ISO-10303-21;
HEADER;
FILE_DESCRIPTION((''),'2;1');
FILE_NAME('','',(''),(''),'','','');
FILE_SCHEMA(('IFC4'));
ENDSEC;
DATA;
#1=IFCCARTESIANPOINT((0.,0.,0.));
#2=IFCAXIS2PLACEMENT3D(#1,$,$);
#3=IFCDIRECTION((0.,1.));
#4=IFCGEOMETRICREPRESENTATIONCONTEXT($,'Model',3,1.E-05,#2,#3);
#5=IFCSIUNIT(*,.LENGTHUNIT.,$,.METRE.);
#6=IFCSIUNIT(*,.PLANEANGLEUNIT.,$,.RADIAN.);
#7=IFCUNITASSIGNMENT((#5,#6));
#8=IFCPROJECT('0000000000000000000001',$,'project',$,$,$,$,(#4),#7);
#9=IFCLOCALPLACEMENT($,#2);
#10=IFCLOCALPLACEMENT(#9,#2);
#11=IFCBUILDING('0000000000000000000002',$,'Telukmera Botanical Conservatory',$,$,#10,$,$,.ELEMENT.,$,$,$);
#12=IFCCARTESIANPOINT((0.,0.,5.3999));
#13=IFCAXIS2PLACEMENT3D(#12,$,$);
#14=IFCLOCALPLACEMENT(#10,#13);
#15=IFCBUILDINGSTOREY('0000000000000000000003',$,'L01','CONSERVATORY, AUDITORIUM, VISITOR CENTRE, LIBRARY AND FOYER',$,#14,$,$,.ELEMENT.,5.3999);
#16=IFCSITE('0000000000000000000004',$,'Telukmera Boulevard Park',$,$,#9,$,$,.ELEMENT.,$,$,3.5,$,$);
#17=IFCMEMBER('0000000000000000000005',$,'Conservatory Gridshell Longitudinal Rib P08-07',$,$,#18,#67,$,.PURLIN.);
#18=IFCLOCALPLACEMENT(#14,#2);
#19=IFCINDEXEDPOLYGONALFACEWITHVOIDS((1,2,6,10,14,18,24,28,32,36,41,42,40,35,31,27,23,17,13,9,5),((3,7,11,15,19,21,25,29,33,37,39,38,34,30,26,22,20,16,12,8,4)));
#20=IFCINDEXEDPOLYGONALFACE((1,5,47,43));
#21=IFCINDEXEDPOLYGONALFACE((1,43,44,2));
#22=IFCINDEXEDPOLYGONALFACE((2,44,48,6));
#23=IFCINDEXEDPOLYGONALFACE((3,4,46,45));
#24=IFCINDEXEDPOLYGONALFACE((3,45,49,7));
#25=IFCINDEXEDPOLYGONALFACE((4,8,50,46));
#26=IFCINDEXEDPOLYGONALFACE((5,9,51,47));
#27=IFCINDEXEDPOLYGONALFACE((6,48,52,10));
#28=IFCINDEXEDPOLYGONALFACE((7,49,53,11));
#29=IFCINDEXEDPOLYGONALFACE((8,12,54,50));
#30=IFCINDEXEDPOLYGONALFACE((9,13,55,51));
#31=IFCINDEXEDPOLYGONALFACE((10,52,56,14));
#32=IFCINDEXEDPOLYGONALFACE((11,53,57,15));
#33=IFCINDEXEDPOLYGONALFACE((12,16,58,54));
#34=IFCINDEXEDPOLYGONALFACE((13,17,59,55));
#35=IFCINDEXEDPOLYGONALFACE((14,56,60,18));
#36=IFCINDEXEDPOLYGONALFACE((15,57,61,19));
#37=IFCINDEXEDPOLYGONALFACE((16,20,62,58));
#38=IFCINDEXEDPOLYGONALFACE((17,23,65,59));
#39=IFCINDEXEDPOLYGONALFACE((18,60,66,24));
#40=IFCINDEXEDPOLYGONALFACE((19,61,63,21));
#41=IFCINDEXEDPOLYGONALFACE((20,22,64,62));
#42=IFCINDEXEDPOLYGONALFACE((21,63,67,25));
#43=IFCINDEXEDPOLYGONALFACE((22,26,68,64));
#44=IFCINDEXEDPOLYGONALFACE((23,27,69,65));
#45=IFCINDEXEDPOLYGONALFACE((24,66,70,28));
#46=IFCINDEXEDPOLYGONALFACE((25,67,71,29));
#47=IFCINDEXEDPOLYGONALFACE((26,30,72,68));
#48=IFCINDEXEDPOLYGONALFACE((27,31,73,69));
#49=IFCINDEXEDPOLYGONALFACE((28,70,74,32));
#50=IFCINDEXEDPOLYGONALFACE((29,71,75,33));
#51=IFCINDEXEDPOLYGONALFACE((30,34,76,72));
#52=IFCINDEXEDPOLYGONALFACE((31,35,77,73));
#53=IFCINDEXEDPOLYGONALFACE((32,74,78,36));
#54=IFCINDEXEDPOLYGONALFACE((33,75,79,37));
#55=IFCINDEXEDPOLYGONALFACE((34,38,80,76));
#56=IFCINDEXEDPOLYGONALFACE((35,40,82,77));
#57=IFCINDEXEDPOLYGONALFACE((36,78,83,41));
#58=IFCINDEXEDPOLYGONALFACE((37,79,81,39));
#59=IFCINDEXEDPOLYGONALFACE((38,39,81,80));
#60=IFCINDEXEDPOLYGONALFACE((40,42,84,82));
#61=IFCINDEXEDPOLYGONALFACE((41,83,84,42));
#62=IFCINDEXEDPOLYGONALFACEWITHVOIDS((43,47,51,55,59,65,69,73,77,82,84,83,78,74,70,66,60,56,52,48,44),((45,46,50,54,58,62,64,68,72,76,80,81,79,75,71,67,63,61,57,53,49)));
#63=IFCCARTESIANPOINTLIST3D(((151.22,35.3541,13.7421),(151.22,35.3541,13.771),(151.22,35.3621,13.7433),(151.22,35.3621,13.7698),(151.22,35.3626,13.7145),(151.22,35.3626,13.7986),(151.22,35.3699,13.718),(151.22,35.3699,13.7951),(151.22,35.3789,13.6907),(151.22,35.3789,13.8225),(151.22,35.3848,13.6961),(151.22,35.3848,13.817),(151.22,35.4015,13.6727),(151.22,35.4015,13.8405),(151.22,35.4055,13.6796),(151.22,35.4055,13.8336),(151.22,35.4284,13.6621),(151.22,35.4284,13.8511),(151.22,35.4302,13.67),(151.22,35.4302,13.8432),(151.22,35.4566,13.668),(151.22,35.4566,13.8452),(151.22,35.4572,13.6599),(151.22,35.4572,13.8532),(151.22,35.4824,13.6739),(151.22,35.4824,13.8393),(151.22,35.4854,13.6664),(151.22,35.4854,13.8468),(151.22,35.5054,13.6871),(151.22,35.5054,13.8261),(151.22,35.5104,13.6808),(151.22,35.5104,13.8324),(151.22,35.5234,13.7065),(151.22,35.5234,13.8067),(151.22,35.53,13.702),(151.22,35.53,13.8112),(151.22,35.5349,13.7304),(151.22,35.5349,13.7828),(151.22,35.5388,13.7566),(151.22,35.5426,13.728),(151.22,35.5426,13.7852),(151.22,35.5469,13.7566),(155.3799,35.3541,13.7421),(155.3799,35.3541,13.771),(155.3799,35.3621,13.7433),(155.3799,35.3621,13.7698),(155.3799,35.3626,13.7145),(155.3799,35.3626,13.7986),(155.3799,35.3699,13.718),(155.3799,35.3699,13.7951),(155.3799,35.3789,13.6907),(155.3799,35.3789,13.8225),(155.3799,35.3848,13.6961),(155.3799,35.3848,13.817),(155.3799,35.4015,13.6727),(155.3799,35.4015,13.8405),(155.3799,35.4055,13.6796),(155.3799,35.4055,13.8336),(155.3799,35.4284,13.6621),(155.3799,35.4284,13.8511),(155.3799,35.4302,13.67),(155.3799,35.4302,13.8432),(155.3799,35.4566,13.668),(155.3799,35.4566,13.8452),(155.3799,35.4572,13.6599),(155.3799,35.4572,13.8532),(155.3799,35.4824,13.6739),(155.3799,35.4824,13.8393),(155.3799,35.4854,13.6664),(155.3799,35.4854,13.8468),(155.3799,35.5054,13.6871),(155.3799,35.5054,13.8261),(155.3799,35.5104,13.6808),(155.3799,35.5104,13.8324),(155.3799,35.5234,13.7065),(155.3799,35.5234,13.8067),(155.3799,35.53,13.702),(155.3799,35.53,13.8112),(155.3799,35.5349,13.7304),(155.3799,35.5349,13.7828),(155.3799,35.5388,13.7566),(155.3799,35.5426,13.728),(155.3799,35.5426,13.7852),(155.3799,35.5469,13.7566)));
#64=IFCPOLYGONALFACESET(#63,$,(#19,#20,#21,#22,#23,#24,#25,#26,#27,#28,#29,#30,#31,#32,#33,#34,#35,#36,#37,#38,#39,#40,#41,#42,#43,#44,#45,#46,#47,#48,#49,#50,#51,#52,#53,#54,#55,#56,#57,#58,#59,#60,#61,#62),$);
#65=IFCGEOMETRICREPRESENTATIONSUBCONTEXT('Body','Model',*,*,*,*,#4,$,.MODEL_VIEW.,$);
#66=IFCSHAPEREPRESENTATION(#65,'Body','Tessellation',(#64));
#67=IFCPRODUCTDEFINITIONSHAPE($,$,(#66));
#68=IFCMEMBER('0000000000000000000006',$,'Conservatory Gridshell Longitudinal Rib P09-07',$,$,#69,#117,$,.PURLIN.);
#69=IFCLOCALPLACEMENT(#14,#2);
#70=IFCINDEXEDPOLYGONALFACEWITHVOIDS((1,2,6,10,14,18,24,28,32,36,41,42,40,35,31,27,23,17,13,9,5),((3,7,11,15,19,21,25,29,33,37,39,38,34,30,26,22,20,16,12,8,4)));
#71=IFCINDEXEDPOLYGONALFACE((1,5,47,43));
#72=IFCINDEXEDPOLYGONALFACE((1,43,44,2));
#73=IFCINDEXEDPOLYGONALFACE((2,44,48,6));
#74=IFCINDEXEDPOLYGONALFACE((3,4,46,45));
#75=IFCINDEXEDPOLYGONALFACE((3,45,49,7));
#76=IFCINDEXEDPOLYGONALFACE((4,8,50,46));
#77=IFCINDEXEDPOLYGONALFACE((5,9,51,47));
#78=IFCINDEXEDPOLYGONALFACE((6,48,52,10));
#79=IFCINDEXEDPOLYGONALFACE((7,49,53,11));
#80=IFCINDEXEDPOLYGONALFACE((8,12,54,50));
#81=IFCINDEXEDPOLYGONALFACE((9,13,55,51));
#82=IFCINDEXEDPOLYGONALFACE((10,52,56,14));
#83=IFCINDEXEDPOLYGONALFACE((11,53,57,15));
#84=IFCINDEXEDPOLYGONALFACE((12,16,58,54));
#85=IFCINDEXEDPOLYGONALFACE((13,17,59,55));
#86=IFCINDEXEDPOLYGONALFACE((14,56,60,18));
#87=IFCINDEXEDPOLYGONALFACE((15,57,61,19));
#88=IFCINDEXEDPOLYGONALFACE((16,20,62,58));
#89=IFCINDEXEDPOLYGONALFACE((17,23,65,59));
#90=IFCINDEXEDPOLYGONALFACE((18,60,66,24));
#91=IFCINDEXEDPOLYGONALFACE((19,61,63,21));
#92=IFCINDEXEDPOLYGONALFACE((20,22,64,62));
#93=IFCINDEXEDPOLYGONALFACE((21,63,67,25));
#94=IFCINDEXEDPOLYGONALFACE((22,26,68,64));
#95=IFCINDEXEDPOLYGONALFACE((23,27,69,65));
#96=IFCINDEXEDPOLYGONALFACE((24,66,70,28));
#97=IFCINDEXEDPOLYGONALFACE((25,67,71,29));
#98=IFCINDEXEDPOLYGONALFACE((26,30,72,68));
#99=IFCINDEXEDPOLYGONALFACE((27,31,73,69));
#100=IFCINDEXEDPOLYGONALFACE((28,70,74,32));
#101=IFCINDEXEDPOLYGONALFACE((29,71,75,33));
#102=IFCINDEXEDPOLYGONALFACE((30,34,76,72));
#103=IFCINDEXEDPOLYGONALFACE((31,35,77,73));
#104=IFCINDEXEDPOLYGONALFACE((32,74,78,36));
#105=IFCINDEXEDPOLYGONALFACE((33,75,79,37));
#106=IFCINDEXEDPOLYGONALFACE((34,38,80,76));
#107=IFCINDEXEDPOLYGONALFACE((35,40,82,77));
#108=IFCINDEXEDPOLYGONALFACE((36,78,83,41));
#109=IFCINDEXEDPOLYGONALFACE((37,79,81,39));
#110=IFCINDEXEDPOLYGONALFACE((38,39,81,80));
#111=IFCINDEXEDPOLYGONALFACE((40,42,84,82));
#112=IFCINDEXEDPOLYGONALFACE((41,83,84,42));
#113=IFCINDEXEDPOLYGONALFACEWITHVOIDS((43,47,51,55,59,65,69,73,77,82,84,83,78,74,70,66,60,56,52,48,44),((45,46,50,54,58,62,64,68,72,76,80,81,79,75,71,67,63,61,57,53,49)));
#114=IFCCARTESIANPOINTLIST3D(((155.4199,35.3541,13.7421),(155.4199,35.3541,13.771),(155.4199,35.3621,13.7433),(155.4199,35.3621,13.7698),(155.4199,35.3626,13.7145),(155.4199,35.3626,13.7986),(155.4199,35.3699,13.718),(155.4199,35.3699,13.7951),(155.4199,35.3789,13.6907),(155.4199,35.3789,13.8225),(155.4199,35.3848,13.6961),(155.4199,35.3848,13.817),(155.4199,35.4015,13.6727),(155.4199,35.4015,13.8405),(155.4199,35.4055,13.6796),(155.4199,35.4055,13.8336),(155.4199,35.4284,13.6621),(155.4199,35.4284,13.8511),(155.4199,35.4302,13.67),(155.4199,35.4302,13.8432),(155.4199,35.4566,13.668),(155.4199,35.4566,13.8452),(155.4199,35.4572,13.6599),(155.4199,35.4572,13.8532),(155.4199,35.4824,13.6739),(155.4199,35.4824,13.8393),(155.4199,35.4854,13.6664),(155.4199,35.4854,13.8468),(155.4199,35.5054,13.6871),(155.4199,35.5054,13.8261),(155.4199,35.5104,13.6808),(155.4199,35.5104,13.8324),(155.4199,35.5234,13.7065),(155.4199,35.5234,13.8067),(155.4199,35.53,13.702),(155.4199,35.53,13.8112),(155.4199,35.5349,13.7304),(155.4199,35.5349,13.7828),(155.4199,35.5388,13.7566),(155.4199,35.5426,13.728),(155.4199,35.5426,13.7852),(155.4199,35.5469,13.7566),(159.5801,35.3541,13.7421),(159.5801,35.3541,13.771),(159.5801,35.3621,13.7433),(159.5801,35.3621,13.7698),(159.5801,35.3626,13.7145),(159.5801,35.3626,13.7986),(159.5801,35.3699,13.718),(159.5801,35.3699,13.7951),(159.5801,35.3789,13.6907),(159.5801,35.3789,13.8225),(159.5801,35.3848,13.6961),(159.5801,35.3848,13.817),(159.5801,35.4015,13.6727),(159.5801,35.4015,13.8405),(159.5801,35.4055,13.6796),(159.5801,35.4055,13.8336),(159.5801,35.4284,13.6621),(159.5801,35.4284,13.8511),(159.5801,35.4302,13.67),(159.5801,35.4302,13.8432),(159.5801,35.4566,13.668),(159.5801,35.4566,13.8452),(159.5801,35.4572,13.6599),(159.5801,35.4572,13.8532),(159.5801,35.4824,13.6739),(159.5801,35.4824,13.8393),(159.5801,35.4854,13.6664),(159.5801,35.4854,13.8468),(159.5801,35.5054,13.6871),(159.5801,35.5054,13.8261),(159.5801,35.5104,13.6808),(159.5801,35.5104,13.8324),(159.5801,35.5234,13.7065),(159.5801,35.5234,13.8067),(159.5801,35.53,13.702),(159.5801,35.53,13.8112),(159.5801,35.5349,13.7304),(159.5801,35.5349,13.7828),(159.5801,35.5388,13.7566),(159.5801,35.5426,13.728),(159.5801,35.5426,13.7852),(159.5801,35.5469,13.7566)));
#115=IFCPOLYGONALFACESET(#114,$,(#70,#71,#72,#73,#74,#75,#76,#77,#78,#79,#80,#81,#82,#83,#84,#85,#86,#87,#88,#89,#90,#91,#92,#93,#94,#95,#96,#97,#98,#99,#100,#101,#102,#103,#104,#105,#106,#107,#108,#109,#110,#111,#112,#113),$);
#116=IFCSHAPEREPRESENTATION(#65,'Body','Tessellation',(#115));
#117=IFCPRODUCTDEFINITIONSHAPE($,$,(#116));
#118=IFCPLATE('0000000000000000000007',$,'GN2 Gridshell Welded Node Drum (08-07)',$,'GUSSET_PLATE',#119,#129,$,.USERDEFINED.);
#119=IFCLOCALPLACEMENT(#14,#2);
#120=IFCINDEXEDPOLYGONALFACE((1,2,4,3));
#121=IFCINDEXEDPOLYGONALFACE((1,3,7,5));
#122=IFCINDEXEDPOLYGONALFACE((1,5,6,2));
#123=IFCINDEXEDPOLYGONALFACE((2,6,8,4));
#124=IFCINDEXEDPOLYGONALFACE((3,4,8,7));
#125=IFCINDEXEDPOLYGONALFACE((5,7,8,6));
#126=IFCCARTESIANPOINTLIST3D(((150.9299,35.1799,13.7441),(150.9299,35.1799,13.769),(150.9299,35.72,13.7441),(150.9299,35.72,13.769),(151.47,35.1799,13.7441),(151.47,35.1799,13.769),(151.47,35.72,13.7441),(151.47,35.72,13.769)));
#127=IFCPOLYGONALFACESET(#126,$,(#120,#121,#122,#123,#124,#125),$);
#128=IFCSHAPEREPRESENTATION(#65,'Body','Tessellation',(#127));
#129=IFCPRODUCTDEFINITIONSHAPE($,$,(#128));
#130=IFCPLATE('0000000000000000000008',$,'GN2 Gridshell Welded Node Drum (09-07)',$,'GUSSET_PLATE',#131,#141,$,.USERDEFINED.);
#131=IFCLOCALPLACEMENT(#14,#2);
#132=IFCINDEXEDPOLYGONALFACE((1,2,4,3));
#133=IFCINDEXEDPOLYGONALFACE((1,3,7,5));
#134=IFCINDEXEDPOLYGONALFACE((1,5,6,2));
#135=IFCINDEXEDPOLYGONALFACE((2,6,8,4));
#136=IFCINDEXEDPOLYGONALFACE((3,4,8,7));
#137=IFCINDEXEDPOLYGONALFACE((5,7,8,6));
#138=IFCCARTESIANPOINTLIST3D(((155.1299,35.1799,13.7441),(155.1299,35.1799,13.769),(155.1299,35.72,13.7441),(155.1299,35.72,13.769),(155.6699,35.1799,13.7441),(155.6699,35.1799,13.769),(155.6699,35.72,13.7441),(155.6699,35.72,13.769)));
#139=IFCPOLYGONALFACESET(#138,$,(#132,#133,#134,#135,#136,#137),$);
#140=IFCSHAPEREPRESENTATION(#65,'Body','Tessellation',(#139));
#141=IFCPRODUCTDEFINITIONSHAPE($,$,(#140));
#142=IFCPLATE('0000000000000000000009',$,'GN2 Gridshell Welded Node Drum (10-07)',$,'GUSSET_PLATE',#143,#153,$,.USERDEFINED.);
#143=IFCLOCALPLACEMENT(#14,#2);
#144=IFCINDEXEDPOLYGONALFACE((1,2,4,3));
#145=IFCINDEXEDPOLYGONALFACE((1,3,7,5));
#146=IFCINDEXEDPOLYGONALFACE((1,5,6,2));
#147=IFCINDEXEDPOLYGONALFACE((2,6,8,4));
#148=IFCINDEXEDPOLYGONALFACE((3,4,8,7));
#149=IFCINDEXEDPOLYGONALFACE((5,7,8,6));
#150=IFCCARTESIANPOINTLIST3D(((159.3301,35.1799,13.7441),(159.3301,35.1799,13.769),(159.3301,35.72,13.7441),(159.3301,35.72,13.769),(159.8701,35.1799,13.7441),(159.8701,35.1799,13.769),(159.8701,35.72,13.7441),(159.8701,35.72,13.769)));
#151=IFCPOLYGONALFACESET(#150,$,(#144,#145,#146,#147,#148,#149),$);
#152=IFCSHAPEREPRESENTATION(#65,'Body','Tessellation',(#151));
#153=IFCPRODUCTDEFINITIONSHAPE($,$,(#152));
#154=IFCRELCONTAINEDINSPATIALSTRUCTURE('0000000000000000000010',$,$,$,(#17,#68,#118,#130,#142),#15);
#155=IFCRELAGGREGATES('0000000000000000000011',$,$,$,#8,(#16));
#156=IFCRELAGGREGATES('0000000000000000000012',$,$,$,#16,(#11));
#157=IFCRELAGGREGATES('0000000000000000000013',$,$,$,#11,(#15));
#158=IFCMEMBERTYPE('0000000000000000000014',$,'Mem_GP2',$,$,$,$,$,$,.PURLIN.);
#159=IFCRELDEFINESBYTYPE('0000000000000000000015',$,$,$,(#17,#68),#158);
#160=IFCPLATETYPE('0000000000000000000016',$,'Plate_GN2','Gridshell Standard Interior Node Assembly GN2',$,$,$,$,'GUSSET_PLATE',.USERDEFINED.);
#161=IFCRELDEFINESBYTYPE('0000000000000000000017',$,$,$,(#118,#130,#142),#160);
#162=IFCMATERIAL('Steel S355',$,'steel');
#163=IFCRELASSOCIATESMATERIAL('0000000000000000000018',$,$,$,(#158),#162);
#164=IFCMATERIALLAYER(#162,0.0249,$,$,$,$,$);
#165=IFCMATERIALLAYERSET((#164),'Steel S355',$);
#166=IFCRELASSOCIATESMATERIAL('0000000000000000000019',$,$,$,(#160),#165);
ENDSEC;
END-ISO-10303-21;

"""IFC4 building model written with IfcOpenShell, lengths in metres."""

from ifc_helpers import new_model, si_unit, direction, frame, origin, origin_2d, place, context, subcontext, project, spatial, rectangle, hollow_circle, extrude, material, layer, layer_set, material_profile, profile_set, type_object, element, save


model = new_model("IFC4")

# Units and contexts
model_context = context("Model", 3, precision=1e-05, world=origin(), true_north=direction((0.0, 1.0)))
body_context = subcontext(model_context, "Body", "Model", "MODEL_VIEW")
ifc_project = project(units=[si_unit("LENGTHUNIT", "METRE"), si_unit("PLANEANGLEUNIT", "RADIAN")], contexts=[model_context])

# Site, building, storey
site_placement = place(None, origin())
site = spatial("IfcSite", under=ifc_project, at=site_placement, Name="Telukmera Boulevard Park", CompositionType="ELEMENT", RefElevation=3.5)
building_placement = place(site_placement, origin())
building = spatial("IfcBuilding", under=site, at=building_placement, Name="Telukmera Botanical Conservatory", CompositionType="ELEMENT")
storey_placement = place(building_placement, frame((0.0, 0.0, 5.3999)))
storey = spatial("IfcBuildingStorey", under=building, at=storey_placement, Name="L01", Description="CONSERVATORY, AUDITORIUM, VISITOR CENTRE, LIBRARY AND FOYER", CompositionType="ELEMENT", Elevation=5.3999)

# Shared definitions
ifc_material = material(Name="Steel S355", Category="steel")

# Members
ifc_material_profile_1 = material_profile(ifc_material, hollow_circle(Radius=0.0969, WallThickness=0.0081, at=origin_2d()), Name="CHS 193.7x8.0")
ifc_profile_set_1 = profile_set([ifc_material_profile_1], Name="Steel S355")
member_type_1 = type_object("IfcMemberType", Name="Mem_GP2", PredefinedType="PURLIN", material=ifc_profile_set_1)
for number, where, z_axis, x_axis, name in (
    (1, (151.22, 35.45, 13.7566), (1.0, 0.0, 0.0), (0.0, 1.0, 0.0), "Conservatory Gridshell Longitudinal Rib P08-07"),
):
    element("IfcMember", number, at=place(storey_placement, frame(where, z_axis=z_axis, x_axis=x_axis)), inside=storey, type_object=member_type_1, Name=name, PredefinedType="PURLIN", context=body_context, shape_type="SweptSolid", body=[
        extrude(hollow_circle(Radius=0.0969, WallThickness=0.0081, at=origin_2d()), origin(), (0.0, 0.0, 1.0), 4.1599),
    ])
member_1_placement = place(storey_placement, frame((155.4199, 35.45, 13.7566), z_axis=(1.0, 0.0, 0.0), x_axis=(0.0, 1.0, 0.0)))
element("IfcMember", 2, at=member_1_placement, inside=storey, type_object=member_type_1, Name="Conservatory Gridshell Longitudinal Rib P09-07", PredefinedType="PURLIN", context=body_context, shape_type="SweptSolid", body=[
    extrude(hollow_circle(Radius=0.0969, WallThickness=0.0081, at=origin_2d()), origin(), (0.0, 0.0, 1.0), 4.1602),
])

# Plates
ifc_layer = layer(ifc_material, 0.0249)
ifc_layer_set = layer_set([ifc_layer], Name="Steel S355")
plate_type = type_object("IfcPlateType", Name="Plate_GN2", Description="Gridshell Standard Interior Node Assembly GN2", ElementType="GUSSET_PLATE", PredefinedType="USERDEFINED", material=ifc_layer_set)
for number, where, z_axis, x_axis, name in (
    (3, (151.2, 35.45, 13.7441), (0.0, 0.0, 1.0), (1.0, 0.0, 0.0), "GN2 Gridshell Welded Node Drum (08-07)"),
    (4, (155.3999, 35.45, 13.7441), (0.0, 0.0, 1.0), (1.0, 0.0, 0.0), "GN2 Gridshell Welded Node Drum (09-07)"),
    (5, (159.6001, 35.45, 13.7441), (0.0, 0.0, 1.0), (1.0, 0.0, 0.0), "GN2 Gridshell Welded Node Drum (10-07)"),
):
    element("IfcPlate", number, at=place(storey_placement, frame(where, z_axis=z_axis, x_axis=x_axis)), inside=storey, type_object=plate_type, Name=name, ObjectType="GUSSET_PLATE", PredefinedType="USERDEFINED", context=body_context, shape_type="SweptSolid", body=[
        extrude(rectangle(XDim=0.54, YDim=0.54, at=origin_2d()), origin(), (0.0, 0.0, 1.0), 0.0249),
    ])

save(model, "model.ifc")
